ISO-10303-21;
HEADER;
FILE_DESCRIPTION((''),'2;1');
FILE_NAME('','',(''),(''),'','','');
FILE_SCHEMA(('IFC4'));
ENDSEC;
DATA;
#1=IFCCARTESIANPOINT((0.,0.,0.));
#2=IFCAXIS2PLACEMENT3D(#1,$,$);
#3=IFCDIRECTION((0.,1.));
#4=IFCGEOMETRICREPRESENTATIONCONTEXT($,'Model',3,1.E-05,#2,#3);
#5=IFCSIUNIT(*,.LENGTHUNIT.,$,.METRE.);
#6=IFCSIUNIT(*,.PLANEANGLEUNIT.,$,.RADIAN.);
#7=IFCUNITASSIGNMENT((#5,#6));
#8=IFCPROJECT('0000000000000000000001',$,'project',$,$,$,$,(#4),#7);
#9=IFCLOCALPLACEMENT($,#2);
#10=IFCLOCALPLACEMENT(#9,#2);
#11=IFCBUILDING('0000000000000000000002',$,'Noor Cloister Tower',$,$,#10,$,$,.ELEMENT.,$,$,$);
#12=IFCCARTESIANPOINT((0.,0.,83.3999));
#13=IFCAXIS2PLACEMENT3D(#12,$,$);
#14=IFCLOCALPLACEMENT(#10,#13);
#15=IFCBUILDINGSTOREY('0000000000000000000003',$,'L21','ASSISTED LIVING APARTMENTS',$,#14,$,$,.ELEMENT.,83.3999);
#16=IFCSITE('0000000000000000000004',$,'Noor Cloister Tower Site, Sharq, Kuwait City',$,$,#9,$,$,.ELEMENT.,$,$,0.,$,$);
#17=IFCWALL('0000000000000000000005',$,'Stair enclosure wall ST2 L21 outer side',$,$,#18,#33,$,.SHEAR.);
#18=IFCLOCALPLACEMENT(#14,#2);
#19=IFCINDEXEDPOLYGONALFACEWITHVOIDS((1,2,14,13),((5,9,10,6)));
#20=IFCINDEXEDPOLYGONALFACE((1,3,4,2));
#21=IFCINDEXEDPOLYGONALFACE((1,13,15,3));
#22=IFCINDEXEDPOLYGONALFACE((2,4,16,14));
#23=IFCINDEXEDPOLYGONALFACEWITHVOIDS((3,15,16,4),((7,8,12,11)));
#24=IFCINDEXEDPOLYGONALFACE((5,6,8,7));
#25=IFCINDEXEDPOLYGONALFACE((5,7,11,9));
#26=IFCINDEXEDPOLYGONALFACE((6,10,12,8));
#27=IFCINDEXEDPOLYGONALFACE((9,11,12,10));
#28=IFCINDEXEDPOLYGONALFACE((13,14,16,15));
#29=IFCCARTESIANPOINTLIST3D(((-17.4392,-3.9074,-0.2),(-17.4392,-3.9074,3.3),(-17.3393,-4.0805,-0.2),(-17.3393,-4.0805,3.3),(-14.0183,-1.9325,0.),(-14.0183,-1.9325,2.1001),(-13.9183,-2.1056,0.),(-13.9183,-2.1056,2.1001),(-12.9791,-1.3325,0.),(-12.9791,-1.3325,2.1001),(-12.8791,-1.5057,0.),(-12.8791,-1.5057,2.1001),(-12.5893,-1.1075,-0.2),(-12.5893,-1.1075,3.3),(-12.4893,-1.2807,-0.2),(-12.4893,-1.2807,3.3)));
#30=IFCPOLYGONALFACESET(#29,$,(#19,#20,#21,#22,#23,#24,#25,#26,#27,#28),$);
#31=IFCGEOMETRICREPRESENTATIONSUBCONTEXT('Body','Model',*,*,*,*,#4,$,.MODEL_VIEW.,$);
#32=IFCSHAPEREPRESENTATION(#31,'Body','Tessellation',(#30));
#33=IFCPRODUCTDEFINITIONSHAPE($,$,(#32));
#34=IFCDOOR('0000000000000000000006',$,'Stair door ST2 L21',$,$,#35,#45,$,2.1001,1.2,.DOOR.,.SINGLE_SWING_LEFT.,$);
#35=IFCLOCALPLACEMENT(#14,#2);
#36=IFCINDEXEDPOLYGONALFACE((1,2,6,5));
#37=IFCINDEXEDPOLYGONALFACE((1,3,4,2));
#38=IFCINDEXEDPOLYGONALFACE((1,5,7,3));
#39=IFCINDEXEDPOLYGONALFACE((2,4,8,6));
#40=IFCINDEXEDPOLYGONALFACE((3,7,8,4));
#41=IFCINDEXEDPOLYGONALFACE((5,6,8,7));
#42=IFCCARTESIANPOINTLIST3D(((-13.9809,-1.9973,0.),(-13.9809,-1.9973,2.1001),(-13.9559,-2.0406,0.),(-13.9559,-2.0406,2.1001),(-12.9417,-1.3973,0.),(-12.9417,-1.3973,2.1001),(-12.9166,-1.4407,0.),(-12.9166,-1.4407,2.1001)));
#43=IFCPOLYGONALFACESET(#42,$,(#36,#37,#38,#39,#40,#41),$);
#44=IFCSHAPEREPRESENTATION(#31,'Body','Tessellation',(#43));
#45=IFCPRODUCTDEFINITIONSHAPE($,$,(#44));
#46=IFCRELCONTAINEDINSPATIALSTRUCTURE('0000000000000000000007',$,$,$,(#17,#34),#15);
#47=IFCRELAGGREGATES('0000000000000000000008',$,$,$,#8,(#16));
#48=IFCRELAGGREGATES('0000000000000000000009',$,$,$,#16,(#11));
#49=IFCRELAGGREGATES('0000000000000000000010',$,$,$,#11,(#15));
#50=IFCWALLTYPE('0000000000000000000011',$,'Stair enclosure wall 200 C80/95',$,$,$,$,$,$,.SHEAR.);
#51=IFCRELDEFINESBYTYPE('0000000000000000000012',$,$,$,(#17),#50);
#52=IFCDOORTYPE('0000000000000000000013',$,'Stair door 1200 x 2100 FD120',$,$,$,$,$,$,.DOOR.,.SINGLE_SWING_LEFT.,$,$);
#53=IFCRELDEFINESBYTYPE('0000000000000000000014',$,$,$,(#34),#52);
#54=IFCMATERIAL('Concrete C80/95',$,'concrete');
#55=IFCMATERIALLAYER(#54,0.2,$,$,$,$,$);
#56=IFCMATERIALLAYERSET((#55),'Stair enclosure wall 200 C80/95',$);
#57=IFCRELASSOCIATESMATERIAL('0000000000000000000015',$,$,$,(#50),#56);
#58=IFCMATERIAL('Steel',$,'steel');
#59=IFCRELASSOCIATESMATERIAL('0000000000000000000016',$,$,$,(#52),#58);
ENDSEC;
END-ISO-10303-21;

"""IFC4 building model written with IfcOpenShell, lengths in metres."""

from ifc_helpers import new_model, si_unit, direction, frame, frame_2d, origin, place, context, subcontext, project, spatial, rectangle, extrude, material, layer, layer_set, type_object, element, fill, save


model = new_model("IFC4")

# Units and contexts
model_context = context("Model", 3, precision=1e-05, world=origin(), true_north=direction((0.0, 1.0)))
body_context = subcontext(model_context, "Body", "Model", "MODEL_VIEW")
ifc_project = project(units=[si_unit("LENGTHUNIT", "METRE"), si_unit("PLANEANGLEUNIT", "RADIAN")], contexts=[model_context])

# Site, building, storey
site_placement = place(None, origin())
site = spatial("IfcSite", under=ifc_project, at=site_placement, Name="Noor Cloister Tower Site, Sharq, Kuwait City", CompositionType="ELEMENT", RefElevation=0.0)
building_placement = place(site_placement, origin())
building = spatial("IfcBuilding", under=site, at=building_placement, Name="Noor Cloister Tower", CompositionType="ELEMENT")
storey_placement = place(building_placement, frame((0.0, 0.0, 83.3999)))
storey = spatial("IfcBuildingStorey", under=building, at=storey_placement, Name="L21", Description="ASSISTED LIVING APARTMENTS", CompositionType="ELEMENT", Elevation=83.3999)

# Wall, opening, door
ifc_material_1 = material(Name="Concrete C80/95", Category="concrete")
ifc_layer_1 = layer(ifc_material_1, 0.2)
ifc_layer_set_1 = layer_set([ifc_layer_1], Name="Stair enclosure wall 200 C80/95")
wall_type_1 = type_object("IfcWallType", Name="Stair enclosure wall 200 C80/95", PredefinedType="SHEAR", material=ifc_layer_set_1)
wall_1_placement = place(storey_placement, frame((-12.5393, -1.1941, -0.2), z_axis=(0.0, 0.0, 1.0), x_axis=(-0.866045, -0.499965, 0.0)))
wall_1 = element("IfcWall", 1, at=wall_1_placement, inside=storey, type_object=wall_type_1, Name="Stair enclosure wall ST2 L21 outer side", PredefinedType="SHEAR", context=body_context, shape_type="SweptSolid", body=[
    extrude(rectangle(XDim=5.6001, YDim=0.2, at=frame_2d((2.8, 0.0))), origin(), (0.0, 0.0, 1.0), 3.5),
])
opening_1_placement = place(wall_1_placement, frame((0.45, 0.0, 0.2)))
opening_1 = element("IfcOpeningElement", 2, at=opening_1_placement, cuts=wall_1, PredefinedType="OPENING", context=body_context, shape_type="SweptSolid", body=[
    extrude(rectangle(XDim=1.2, YDim=2.1001, at=frame_2d((0.6001, 1.05))), frame((0.0, 0.1099, 0.0), z_axis=(0.0, -1.0, 0.0), x_axis=(1.0, 0.0, 0.0)), (0.0, 0.0, 1.0), 0.22),
])
ifc_material_2 = material(Name="Steel", Category="steel")
door_type_1 = type_object("IfcDoorType", Name="Stair door 1200 x 2100 FD120", OperationType="SINGLE_SWING_LEFT", PredefinedType="DOOR", material=ifc_material_2)
door_1_placement = place(opening_1_placement, origin())
door_1 = element("IfcDoor", 3, at=door_1_placement, inside=storey, type_object=door_type_1, Name="Stair door ST2 L21", OperationType="SINGLE_SWING_LEFT", OverallHeight=2.1001, OverallWidth=1.2, PredefinedType="DOOR", context=body_context, shape_type="SweptSolid", body=[
    extrude(rectangle(XDim=1.2, YDim=2.1001, at=frame_2d((0.6001, 1.05))), frame((0.0, 0.0249, 0.0), z_axis=(0.0, -1.0, 0.0), x_axis=(1.0, 0.0, 0.0)), (0.0, 0.0, 1.0), 0.05),
])
fill(opening_1, door_1)

save(model, "model.ifc")
